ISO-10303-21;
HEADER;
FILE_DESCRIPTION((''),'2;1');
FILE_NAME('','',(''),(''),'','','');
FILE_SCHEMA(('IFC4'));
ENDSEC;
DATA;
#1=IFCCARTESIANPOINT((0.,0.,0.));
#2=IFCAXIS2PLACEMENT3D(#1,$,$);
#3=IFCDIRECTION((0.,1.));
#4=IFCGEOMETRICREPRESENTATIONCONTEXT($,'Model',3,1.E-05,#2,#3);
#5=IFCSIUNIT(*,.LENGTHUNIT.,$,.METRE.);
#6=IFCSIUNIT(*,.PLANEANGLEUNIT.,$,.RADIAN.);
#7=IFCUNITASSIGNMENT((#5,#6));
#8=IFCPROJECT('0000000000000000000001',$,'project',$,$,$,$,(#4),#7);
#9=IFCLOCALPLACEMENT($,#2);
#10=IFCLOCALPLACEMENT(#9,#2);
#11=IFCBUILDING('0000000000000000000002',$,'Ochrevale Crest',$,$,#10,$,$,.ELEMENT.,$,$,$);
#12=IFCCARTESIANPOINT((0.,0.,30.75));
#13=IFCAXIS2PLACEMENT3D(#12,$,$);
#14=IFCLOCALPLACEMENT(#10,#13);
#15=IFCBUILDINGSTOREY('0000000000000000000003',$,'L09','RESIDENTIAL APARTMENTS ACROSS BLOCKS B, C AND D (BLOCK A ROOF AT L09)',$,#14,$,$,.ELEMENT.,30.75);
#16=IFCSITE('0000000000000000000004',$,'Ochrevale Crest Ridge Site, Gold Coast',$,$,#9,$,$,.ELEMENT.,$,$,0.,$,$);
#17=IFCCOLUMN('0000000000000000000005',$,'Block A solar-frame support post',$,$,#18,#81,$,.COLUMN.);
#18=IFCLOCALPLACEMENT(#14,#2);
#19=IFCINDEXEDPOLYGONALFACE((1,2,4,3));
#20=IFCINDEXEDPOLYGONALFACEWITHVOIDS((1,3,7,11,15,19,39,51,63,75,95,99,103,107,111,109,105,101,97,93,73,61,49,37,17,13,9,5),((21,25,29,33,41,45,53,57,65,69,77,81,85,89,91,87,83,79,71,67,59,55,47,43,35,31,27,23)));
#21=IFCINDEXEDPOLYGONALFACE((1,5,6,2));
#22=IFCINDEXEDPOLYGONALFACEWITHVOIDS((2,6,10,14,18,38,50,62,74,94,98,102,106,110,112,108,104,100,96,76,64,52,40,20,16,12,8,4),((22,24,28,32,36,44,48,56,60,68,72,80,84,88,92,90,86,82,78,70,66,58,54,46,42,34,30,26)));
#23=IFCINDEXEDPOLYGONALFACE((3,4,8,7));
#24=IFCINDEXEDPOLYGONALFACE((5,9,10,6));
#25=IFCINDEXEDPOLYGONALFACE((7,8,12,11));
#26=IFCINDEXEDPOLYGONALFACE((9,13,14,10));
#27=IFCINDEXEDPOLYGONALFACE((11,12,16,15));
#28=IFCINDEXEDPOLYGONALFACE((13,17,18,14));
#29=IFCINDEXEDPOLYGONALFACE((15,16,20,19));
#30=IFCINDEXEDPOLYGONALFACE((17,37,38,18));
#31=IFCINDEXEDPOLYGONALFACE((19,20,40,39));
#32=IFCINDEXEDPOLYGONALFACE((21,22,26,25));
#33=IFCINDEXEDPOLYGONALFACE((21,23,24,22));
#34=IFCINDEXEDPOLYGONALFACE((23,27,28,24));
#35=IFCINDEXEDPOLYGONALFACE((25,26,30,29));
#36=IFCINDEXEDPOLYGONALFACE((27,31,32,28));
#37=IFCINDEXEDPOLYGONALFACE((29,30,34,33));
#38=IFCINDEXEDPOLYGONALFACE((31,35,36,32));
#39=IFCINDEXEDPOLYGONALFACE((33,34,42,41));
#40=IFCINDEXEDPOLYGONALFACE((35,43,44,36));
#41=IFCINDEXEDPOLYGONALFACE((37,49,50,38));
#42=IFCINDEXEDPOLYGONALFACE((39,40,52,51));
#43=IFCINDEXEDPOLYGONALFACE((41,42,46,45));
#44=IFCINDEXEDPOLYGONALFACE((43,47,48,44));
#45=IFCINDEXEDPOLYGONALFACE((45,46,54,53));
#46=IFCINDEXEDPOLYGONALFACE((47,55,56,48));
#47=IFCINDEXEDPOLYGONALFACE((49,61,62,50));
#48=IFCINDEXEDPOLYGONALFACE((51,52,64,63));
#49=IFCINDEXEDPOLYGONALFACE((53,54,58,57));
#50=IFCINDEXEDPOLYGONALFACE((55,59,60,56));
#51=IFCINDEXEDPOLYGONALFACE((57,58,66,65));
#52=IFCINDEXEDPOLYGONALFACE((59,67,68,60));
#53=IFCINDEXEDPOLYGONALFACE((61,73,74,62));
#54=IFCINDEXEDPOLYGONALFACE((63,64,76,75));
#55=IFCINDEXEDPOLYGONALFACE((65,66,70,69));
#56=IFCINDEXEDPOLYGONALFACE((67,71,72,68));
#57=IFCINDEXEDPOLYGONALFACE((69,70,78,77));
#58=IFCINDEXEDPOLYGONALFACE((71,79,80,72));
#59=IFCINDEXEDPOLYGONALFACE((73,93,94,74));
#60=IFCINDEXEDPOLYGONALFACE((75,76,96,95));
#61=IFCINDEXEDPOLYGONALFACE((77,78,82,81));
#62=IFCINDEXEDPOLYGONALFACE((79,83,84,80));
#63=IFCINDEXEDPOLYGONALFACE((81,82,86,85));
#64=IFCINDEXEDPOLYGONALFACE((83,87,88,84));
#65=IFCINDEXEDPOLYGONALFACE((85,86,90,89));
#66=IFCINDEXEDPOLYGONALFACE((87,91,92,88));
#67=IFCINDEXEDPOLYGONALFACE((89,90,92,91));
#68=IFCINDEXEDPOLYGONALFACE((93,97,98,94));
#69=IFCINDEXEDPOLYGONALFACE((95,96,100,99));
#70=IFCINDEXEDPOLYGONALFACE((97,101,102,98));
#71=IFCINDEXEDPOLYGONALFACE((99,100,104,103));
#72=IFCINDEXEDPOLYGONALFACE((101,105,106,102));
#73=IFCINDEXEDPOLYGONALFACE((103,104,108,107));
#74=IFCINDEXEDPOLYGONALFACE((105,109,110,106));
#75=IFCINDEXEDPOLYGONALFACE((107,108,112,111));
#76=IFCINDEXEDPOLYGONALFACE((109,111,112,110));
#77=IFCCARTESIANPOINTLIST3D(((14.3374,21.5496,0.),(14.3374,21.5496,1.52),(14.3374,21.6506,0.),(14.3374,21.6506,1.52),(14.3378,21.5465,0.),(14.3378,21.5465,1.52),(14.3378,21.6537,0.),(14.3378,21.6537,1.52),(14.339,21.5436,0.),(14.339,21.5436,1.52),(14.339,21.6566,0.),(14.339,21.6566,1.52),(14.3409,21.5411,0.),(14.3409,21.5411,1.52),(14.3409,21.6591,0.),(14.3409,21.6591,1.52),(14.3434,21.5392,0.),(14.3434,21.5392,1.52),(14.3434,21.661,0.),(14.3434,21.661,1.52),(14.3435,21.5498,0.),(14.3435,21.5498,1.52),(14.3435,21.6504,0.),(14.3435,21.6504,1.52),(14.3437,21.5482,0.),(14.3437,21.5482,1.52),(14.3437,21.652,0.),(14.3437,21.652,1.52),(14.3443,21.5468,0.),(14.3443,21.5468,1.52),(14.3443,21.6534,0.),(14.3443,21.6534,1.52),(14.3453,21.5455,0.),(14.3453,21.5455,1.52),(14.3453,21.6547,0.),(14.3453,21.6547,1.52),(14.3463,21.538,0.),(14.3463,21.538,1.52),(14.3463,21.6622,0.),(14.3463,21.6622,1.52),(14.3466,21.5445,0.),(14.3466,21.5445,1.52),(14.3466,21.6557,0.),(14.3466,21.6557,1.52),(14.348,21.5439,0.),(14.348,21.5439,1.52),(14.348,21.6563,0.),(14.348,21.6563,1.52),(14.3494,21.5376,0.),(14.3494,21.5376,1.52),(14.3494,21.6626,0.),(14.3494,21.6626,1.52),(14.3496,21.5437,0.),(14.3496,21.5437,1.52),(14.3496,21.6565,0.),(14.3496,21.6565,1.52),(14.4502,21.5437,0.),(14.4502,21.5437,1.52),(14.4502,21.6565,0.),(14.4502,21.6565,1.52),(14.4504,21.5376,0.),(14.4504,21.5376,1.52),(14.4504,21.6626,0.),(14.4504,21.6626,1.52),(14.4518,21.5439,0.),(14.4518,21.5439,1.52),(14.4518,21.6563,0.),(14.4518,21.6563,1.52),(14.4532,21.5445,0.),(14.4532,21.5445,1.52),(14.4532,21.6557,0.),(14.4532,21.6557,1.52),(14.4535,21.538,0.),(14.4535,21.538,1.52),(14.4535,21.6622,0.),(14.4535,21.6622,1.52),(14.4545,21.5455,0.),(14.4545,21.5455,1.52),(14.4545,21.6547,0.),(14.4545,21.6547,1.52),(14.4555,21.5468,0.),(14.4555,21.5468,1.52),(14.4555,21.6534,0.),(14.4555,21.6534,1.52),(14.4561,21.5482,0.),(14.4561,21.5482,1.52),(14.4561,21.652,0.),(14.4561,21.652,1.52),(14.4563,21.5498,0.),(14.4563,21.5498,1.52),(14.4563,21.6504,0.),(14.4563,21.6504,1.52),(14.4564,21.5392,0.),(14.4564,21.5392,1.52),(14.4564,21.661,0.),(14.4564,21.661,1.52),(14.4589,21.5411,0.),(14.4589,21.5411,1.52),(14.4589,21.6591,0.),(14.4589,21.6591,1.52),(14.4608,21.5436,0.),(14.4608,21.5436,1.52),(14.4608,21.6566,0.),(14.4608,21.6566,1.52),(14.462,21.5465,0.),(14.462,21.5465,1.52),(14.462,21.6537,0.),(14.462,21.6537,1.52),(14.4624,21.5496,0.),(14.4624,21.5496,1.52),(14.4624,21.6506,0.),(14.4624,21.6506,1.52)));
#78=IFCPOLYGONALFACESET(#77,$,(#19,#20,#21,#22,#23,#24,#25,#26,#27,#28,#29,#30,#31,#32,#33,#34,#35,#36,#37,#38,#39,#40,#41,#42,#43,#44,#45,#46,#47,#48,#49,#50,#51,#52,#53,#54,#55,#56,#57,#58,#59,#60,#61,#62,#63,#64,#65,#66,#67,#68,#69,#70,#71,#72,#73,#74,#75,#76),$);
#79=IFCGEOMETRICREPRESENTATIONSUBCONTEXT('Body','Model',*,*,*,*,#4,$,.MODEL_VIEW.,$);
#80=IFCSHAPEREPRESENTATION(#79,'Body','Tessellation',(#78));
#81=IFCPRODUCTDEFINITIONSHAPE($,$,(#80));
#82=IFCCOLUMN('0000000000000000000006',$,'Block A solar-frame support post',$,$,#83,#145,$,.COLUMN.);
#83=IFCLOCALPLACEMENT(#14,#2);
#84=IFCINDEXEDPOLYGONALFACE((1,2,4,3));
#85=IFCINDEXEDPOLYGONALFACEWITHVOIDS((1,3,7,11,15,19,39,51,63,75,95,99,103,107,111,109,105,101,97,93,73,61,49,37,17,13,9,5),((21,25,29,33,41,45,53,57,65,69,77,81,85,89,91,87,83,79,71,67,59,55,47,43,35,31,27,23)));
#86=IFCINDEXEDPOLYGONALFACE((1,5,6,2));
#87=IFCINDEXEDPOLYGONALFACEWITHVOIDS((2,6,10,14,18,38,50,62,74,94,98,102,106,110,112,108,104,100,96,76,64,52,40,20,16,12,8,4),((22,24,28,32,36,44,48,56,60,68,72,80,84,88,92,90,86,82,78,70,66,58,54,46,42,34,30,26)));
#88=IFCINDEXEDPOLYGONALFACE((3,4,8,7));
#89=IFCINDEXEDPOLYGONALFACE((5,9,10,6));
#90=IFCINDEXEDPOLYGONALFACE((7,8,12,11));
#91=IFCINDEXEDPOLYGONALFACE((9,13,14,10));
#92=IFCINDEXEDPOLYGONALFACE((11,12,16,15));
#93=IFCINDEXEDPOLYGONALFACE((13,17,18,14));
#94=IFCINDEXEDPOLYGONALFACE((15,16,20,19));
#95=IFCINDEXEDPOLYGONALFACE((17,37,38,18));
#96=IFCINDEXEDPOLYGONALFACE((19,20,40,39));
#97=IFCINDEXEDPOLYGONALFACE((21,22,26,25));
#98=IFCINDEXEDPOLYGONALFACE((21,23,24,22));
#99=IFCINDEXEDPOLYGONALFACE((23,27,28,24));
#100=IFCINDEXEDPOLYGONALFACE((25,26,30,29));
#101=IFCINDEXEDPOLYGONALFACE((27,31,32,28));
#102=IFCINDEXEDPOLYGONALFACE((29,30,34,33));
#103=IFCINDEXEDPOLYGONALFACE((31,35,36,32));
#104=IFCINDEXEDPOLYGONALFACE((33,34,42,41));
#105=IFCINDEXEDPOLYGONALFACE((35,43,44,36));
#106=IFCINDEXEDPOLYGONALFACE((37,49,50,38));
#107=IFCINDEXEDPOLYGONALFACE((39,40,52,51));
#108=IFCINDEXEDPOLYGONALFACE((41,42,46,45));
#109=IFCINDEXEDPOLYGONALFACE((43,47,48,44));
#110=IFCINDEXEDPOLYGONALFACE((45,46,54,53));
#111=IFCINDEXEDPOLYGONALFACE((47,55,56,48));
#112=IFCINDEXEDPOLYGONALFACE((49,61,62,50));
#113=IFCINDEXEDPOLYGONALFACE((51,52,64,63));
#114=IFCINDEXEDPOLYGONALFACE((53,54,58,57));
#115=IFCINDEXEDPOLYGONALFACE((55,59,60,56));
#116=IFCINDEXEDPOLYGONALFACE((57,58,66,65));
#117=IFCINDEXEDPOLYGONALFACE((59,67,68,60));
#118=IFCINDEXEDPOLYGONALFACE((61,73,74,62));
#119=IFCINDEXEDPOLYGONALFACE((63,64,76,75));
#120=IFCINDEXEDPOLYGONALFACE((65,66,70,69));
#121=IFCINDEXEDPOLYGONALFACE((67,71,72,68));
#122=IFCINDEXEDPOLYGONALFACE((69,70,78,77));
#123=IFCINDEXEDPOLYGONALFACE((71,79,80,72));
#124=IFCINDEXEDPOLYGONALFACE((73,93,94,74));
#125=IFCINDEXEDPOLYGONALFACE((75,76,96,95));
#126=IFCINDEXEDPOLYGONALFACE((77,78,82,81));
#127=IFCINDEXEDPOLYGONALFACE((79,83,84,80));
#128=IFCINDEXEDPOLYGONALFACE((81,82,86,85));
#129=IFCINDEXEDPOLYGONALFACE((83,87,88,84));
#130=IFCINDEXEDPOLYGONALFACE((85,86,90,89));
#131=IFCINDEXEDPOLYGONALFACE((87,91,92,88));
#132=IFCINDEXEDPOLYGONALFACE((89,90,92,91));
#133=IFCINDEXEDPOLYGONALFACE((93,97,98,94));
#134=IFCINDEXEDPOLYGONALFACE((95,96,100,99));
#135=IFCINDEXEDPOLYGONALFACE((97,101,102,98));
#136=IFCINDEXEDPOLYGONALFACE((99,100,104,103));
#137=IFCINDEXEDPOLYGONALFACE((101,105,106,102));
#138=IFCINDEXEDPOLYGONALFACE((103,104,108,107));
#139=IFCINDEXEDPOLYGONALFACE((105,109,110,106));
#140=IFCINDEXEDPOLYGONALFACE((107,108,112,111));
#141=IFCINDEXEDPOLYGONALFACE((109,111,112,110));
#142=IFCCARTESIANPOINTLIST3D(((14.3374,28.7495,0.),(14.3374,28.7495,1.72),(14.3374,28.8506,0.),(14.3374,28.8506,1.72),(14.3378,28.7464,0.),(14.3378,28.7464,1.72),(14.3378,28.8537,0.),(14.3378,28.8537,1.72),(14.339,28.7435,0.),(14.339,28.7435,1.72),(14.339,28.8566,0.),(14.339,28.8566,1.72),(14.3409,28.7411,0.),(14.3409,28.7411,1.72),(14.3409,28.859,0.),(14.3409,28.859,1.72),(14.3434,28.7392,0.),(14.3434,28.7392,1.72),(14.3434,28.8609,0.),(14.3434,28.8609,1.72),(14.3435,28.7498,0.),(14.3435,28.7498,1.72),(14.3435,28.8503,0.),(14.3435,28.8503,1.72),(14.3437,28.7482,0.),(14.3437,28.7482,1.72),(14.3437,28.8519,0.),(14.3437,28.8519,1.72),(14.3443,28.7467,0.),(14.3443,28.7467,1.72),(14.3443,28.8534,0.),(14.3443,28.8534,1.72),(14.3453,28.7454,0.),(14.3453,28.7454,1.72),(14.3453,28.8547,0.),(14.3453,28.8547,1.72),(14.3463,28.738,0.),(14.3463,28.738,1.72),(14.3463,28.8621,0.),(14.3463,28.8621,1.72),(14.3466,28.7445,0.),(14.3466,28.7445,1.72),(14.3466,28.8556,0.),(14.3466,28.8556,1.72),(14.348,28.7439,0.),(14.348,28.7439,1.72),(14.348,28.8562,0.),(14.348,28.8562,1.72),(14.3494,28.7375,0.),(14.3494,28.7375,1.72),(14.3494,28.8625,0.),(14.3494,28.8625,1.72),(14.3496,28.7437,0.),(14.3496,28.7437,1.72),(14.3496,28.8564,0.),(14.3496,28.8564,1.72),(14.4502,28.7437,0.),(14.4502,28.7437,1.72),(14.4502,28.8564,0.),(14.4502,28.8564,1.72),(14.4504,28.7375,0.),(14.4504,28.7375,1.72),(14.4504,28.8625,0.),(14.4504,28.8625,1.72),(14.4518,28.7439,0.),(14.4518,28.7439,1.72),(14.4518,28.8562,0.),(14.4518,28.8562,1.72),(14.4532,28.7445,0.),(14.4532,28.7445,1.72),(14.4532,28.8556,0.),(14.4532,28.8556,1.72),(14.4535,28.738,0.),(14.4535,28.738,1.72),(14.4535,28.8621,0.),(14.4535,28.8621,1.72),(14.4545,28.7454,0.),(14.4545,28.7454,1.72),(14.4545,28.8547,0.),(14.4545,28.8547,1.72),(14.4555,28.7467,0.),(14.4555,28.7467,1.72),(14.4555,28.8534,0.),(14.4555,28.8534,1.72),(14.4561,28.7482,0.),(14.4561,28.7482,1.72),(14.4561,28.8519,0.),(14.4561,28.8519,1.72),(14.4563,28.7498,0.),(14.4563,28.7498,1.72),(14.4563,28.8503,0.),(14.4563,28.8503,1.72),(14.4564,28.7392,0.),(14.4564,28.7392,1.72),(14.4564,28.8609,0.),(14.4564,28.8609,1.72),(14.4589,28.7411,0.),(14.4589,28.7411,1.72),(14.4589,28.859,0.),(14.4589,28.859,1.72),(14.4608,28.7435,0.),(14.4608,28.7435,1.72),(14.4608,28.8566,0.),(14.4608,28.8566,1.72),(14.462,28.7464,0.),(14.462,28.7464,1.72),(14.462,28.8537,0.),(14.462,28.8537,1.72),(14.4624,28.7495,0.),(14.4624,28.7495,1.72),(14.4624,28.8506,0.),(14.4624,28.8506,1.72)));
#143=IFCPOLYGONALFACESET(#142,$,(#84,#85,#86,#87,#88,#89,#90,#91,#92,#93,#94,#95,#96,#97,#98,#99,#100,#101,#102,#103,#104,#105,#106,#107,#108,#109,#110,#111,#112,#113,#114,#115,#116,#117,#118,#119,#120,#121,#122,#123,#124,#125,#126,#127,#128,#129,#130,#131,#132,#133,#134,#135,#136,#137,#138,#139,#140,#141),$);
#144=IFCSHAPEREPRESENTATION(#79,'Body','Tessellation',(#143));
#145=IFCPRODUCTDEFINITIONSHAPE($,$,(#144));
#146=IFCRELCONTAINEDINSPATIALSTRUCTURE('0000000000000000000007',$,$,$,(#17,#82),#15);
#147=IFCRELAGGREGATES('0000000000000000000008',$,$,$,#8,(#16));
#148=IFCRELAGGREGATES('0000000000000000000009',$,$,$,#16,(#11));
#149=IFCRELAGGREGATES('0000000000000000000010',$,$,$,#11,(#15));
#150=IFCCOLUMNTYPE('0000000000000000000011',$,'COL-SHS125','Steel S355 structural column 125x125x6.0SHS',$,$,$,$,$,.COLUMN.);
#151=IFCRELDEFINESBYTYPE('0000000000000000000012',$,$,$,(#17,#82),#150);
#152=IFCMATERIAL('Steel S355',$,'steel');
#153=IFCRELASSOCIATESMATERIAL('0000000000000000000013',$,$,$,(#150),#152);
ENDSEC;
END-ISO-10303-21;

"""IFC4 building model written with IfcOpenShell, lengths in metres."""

from ifc_helpers import new_model, si_unit, direction, frame, origin, origin_2d, place, context, subcontext, project, spatial, hollow_rectangle, extrude, material, material_profile, profile_set, type_object, element, save


model = new_model("IFC4")

# Units and contexts
model_context = context("Model", 3, precision=1e-05, world=origin(), true_north=direction((0.0, 1.0)))
body_context = subcontext(model_context, "Body", "Model", "MODEL_VIEW")
ifc_project = project(units=[si_unit("LENGTHUNIT", "METRE"), si_unit("PLANEANGLEUNIT", "RADIAN")], contexts=[model_context])

# Site, building, storey
site_placement = place(None, origin())
site = spatial("IfcSite", under=ifc_project, at=site_placement, Name="Ochrevale Crest Ridge Site, Gold Coast", CompositionType="ELEMENT", RefElevation=0.0)
building_placement = place(site_placement, origin())
building = spatial("IfcBuilding", under=site, at=building_placement, Name="Ochrevale Crest", CompositionType="ELEMENT")
storey_placement = place(building_placement, frame((0.0, 0.0, 30.75)))
storey = spatial("IfcBuildingStorey", under=building, at=storey_placement, Name="L09", Description="RESIDENTIAL APARTMENTS ACROSS BLOCKS B, C AND D (BLOCK A ROOF AT L09)", CompositionType="ELEMENT", Elevation=30.75)

# Columns
ifc_material_1 = material(Name="Steel S355", Category="steel")
ifc_material_profile_1 = material_profile(ifc_material_1, hollow_rectangle(XDim=0.125, YDim=0.125, WallThickness=0.0061, InnerFilletRadius=0.0061, OuterFilletRadius=0.012, at=origin_2d()), Name="125x125x6.0SHS")
ifc_profile_set_1 = profile_set([ifc_material_profile_1], Name="Steel S355")
column_type = type_object("IfcColumnType", Name="COL-SHS125", Description="Steel S355 structural column 125x125x6.0SHS", PredefinedType="COLUMN", material=ifc_profile_set_1)
column_1_placement = place(storey_placement, frame((14.3999, 21.6001, 0.0), z_axis=(0.0, 0.0, 1.0), x_axis=(1.0, 0.0, 0.0)))
element("IfcColumn", 1, at=column_1_placement, inside=storey, type_object=column_type, Name="Block A solar-frame support post", PredefinedType="COLUMN", context=body_context, shape_type="SweptSolid", body=[
    extrude(hollow_rectangle(XDim=0.125, YDim=0.125, WallThickness=0.0061, InnerFilletRadius=0.0061, OuterFilletRadius=0.012, at=origin_2d()), origin(), (0.0, 0.0, 1.0), 1.52),
])
column_2_placement = place(storey_placement, frame((14.3999, 28.8, 0.0), z_axis=(0.0, 0.0, 1.0), x_axis=(1.0, 0.0, 0.0)))
element("IfcColumn", 2, at=column_2_placement, inside=storey, type_object=column_type, Name="Block A solar-frame support post", PredefinedType="COLUMN", context=body_context, shape_type="SweptSolid", body=[
    extrude(hollow_rectangle(XDim=0.125, YDim=0.125, WallThickness=0.0061, InnerFilletRadius=0.0061, OuterFilletRadius=0.012, at=origin_2d()), origin(), (0.0, 0.0, 1.0), 1.72),
])

save(model, "model.ifc")
